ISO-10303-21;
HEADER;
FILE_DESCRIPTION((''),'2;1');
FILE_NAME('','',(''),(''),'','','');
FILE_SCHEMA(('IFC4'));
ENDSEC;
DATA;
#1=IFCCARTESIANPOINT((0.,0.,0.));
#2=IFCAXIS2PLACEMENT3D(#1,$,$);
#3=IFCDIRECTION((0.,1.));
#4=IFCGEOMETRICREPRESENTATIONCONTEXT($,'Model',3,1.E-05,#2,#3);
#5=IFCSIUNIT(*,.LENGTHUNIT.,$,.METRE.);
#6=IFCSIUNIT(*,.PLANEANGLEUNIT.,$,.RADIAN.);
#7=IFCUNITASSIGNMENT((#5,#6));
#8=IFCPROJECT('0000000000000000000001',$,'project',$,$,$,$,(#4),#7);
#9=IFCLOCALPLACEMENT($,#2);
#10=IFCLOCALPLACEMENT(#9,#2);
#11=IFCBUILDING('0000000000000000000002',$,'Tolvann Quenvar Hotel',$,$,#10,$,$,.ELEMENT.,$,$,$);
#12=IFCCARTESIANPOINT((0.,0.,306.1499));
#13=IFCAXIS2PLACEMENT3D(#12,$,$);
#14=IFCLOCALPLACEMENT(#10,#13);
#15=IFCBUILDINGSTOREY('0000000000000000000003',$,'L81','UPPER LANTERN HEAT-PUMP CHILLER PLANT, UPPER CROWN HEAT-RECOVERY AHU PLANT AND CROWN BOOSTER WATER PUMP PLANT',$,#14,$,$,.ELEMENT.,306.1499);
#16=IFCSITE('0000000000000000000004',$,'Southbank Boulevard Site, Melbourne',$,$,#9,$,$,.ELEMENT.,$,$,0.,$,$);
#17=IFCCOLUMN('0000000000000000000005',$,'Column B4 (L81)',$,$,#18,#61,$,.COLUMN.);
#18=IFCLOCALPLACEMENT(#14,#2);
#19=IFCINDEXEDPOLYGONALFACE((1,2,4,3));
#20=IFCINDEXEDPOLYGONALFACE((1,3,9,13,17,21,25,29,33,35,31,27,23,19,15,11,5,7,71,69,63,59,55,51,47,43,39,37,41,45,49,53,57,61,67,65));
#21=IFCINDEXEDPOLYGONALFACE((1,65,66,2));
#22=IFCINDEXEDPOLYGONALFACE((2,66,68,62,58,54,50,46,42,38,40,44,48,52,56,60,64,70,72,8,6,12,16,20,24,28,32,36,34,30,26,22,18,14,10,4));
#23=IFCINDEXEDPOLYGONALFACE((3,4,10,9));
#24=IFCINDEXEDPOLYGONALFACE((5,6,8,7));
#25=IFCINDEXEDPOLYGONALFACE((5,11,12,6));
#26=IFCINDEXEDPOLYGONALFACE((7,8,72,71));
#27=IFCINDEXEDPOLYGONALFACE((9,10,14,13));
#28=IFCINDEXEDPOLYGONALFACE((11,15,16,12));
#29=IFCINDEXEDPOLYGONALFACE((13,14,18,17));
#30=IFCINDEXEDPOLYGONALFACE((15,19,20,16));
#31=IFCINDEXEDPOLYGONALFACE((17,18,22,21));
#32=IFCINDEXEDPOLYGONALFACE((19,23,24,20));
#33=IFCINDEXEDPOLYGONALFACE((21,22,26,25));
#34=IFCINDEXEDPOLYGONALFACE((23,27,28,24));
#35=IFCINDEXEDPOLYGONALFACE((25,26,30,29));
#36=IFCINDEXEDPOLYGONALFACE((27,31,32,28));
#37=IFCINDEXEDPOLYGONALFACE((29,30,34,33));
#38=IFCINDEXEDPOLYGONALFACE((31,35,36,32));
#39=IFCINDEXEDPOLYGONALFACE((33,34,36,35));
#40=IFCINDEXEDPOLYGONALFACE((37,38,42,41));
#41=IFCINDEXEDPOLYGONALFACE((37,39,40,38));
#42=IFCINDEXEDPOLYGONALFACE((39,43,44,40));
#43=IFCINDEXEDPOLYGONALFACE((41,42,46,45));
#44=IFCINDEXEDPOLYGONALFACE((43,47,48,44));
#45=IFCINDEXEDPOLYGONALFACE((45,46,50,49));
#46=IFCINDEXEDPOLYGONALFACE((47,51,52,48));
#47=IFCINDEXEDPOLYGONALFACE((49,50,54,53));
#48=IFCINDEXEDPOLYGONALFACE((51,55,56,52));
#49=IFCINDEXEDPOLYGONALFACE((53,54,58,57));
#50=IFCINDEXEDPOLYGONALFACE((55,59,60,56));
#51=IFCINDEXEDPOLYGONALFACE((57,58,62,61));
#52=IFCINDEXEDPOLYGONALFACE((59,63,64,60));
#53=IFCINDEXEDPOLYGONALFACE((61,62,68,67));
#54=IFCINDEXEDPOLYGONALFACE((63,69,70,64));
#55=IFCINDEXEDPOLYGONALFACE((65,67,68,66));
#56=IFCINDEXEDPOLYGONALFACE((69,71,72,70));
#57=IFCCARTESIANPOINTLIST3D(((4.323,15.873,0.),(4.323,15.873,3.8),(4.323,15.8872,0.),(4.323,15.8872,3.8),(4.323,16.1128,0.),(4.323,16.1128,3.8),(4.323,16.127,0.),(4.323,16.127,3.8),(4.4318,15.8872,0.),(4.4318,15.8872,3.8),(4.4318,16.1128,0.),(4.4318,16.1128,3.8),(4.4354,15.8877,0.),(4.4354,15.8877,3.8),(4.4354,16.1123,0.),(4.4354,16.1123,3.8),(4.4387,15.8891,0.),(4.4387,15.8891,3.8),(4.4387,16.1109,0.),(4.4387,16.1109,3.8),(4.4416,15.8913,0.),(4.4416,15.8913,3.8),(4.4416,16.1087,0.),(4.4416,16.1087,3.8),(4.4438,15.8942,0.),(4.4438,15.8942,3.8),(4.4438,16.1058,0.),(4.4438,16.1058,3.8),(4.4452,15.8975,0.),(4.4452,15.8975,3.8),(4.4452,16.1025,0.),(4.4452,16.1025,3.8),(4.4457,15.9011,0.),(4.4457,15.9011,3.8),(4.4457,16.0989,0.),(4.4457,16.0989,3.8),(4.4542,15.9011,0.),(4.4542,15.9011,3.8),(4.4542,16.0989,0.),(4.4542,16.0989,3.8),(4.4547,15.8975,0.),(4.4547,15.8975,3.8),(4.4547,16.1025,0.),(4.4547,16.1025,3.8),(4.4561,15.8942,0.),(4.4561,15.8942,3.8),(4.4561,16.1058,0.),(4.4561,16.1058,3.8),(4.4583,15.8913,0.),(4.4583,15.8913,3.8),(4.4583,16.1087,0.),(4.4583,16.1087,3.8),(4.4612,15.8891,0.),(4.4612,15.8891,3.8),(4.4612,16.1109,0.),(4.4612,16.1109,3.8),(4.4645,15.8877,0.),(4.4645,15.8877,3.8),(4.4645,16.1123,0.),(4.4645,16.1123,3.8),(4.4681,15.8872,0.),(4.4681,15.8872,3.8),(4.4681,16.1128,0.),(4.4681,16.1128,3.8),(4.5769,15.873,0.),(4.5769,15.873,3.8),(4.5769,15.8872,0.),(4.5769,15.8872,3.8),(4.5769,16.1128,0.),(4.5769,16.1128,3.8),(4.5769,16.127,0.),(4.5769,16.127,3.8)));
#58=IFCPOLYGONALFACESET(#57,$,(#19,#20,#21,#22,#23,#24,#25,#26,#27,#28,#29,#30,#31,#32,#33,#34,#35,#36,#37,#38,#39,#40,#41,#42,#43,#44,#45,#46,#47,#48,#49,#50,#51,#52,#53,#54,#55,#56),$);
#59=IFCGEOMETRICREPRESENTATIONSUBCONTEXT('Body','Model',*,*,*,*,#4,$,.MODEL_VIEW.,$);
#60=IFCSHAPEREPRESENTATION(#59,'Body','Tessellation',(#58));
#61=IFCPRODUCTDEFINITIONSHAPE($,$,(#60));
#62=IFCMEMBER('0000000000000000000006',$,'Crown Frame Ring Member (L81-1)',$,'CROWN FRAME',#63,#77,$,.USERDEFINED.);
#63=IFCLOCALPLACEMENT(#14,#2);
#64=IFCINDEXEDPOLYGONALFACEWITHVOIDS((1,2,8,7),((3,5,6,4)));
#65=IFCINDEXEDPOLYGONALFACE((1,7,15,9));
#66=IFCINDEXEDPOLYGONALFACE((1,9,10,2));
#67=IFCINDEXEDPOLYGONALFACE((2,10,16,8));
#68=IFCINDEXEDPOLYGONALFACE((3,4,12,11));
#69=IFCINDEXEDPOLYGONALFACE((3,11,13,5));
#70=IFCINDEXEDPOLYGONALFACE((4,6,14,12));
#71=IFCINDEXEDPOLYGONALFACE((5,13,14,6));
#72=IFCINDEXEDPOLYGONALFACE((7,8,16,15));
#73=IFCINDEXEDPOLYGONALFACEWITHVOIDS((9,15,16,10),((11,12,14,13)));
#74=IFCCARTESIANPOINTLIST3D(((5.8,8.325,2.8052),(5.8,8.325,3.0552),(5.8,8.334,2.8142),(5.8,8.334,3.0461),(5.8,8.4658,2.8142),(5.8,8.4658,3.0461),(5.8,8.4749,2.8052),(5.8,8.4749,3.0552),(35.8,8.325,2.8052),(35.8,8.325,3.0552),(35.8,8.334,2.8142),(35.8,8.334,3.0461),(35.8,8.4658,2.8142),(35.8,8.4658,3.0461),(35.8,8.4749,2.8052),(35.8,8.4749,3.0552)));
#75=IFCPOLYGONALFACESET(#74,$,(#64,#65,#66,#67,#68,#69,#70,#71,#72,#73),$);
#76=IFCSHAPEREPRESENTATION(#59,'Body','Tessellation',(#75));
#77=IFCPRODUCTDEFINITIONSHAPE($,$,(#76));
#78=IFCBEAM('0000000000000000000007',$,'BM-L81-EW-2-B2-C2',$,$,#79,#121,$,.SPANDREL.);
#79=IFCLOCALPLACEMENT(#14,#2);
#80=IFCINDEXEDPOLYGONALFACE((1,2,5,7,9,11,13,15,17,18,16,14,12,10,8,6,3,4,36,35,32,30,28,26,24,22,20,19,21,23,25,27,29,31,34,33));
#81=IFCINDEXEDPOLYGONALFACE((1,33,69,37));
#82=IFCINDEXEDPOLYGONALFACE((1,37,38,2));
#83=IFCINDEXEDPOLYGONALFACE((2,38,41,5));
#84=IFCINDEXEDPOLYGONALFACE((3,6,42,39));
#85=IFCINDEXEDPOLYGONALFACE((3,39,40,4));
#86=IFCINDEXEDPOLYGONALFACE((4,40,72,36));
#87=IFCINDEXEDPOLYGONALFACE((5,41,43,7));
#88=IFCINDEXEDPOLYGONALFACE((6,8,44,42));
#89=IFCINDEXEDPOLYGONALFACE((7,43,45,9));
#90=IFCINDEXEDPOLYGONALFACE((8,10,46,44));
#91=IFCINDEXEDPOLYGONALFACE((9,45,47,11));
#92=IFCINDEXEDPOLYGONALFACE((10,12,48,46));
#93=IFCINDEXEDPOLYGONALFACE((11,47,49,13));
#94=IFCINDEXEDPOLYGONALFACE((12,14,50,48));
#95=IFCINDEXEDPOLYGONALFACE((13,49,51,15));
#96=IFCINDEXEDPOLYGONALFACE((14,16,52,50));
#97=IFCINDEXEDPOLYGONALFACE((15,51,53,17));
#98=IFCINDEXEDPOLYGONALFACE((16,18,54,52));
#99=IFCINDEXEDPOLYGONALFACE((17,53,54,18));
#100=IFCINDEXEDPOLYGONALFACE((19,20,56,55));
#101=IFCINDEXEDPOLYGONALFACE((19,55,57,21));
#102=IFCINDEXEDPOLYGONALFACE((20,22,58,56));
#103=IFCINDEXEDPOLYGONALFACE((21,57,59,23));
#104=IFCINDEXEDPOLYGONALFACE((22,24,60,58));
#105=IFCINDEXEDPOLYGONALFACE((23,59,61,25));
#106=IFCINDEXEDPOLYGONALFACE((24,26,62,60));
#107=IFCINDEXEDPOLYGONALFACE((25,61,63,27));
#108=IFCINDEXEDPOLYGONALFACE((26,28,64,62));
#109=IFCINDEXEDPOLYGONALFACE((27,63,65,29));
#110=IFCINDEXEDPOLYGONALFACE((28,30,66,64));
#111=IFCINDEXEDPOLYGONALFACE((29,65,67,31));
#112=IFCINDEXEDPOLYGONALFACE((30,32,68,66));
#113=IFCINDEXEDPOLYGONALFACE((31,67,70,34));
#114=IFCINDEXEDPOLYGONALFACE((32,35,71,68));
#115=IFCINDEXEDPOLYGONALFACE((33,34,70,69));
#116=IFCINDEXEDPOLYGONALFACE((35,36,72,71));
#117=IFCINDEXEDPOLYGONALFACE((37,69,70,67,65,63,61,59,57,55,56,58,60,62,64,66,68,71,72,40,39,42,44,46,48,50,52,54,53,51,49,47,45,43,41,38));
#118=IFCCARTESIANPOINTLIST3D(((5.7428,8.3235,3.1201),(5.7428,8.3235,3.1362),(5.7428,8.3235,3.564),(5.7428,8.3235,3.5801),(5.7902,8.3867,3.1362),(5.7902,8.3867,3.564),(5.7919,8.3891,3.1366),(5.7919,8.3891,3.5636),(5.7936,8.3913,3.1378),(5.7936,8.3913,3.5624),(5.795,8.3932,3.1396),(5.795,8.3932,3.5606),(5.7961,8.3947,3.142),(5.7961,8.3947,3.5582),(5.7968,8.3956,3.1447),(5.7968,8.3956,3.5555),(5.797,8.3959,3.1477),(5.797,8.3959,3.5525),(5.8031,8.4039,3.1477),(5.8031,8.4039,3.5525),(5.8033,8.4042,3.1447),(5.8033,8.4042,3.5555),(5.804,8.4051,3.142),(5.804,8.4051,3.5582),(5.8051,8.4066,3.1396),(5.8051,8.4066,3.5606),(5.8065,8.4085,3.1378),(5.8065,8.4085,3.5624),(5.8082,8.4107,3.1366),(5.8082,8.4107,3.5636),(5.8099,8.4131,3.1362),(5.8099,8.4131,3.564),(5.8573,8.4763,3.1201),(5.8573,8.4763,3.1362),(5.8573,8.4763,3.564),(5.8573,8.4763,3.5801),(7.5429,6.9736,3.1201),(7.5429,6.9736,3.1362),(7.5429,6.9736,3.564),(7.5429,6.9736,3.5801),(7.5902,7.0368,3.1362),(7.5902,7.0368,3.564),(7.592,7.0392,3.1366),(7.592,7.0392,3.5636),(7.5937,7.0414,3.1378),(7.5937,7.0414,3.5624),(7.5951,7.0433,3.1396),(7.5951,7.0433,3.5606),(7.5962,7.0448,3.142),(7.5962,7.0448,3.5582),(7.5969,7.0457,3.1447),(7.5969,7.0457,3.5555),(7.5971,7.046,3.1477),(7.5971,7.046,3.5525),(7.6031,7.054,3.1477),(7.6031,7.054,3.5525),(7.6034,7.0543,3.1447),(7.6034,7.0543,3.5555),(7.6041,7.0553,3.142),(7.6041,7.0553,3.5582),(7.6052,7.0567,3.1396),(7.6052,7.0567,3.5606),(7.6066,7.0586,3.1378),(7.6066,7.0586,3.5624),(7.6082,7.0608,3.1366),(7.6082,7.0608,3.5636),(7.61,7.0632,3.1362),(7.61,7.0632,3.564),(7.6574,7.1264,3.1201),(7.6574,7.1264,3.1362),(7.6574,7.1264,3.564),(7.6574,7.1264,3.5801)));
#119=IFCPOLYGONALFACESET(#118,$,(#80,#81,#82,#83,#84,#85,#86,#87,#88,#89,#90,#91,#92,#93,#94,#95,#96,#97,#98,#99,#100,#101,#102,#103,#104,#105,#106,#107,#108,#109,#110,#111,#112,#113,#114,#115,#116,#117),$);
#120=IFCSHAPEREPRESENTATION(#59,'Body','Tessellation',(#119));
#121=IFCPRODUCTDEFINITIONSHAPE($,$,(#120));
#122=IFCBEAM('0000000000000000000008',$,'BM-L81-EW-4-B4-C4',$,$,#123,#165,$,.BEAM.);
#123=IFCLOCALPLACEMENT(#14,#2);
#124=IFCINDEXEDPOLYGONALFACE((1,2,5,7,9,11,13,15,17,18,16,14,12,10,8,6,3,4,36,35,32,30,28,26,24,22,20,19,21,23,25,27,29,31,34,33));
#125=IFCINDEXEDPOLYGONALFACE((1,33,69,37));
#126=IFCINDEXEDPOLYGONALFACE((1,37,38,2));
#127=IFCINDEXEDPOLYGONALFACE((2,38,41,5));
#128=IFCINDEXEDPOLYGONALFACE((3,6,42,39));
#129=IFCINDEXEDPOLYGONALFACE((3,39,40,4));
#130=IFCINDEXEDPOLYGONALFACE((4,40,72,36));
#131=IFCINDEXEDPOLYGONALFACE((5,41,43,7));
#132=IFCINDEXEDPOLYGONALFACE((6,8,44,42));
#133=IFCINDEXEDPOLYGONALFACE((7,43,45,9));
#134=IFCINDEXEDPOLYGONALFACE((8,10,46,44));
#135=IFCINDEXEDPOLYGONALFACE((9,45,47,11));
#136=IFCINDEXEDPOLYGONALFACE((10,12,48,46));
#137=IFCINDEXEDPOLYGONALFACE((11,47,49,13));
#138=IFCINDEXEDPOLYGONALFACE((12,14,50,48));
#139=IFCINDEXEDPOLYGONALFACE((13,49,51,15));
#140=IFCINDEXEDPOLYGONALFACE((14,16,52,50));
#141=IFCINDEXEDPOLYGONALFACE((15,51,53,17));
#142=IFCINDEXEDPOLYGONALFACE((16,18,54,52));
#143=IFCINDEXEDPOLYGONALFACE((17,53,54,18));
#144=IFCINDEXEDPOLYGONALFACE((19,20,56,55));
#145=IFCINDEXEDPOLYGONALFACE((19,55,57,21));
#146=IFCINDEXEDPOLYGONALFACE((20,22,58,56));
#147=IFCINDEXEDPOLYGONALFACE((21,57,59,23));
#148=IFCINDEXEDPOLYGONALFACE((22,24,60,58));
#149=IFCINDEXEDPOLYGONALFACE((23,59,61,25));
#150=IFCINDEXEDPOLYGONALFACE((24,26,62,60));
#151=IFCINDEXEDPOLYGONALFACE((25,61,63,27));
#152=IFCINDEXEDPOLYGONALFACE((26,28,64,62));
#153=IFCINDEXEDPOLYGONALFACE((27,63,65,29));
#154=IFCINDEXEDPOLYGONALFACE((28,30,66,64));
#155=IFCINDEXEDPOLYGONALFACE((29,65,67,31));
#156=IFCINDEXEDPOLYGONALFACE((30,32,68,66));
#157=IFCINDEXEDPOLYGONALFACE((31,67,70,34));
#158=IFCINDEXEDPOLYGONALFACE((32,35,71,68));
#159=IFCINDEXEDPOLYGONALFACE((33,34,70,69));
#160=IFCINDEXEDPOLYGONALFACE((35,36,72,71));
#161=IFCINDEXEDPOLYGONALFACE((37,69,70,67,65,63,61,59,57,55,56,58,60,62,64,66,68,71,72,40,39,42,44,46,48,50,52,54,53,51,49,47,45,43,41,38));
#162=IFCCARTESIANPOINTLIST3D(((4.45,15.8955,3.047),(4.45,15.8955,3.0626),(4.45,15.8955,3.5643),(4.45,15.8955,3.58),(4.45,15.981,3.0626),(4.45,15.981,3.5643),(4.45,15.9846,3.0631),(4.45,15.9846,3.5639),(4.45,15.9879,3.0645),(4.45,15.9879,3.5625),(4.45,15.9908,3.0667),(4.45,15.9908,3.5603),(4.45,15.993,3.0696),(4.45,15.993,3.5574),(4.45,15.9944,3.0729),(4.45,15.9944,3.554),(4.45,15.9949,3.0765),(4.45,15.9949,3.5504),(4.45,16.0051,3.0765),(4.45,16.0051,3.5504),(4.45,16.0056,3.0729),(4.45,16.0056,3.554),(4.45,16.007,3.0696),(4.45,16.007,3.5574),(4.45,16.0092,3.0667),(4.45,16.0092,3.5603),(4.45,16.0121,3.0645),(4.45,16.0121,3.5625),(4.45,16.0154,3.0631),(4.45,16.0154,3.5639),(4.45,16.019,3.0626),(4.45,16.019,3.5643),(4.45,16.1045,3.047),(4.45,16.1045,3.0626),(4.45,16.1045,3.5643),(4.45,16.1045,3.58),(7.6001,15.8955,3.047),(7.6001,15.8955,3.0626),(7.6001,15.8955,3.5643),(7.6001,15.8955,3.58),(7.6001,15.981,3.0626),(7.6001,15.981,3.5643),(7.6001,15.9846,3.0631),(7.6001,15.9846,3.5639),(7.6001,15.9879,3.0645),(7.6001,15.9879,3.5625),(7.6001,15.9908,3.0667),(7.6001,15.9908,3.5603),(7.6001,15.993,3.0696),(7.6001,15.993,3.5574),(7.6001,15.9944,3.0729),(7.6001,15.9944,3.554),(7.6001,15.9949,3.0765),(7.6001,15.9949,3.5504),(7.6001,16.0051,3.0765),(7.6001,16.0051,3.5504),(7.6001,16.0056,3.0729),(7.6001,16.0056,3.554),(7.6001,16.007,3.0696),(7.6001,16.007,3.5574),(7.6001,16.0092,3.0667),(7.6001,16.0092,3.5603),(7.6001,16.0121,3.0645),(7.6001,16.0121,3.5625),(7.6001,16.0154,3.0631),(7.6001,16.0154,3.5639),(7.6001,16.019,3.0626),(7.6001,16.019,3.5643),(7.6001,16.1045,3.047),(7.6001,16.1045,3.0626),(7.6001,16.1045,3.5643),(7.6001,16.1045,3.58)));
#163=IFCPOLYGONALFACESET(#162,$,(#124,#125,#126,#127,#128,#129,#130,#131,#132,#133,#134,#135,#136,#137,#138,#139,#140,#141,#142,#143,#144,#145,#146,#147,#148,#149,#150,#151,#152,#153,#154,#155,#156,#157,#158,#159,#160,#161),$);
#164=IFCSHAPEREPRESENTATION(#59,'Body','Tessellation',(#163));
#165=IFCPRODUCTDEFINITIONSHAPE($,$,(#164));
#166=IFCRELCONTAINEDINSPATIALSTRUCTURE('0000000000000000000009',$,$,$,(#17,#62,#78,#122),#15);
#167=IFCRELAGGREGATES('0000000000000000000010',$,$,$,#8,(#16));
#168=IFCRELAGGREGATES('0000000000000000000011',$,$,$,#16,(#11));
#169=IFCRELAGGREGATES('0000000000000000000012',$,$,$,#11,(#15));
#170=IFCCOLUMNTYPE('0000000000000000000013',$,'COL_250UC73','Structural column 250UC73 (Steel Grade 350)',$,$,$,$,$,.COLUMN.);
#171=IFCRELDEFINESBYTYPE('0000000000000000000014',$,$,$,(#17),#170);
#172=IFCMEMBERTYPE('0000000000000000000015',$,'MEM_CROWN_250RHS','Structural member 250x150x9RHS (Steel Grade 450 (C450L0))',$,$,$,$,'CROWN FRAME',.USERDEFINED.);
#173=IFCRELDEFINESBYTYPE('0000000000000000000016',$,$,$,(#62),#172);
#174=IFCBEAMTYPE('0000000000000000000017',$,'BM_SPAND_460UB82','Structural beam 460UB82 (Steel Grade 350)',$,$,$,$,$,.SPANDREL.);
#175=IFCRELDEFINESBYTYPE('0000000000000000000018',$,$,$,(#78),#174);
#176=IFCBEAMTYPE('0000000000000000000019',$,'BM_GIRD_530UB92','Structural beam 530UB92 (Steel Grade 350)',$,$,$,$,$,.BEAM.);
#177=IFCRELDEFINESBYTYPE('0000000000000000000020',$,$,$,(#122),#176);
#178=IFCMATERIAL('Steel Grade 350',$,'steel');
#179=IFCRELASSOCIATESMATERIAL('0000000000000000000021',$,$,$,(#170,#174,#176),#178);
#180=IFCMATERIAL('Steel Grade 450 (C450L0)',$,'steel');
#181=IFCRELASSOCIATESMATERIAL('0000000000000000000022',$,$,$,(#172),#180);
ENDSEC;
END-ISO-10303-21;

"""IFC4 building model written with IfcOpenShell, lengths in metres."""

from ifc_helpers import new_model, si_unit, direction, frame, origin, origin_2d, place, context, subcontext, project, spatial, hollow_rectangle, i_section, extrude, source, transform, mapped, material, material_profile, profile_set, type_object, type_shapes, element, save


model = new_model("IFC4")

# Units and contexts
model_context = context("Model", 3, precision=1e-05, world=origin(), true_north=direction((0.0, 1.0)))
body_context = subcontext(model_context, "Body", "Model", "MODEL_VIEW")
ifc_project = project(units=[si_unit("LENGTHUNIT", "METRE"), si_unit("PLANEANGLEUNIT", "RADIAN")], contexts=[model_context])

# Site, building, storey
site_placement = place(None, origin())
site = spatial("IfcSite", under=ifc_project, at=site_placement, Name="Southbank Boulevard Site, Melbourne", CompositionType="ELEMENT", RefElevation=0.0)
building_placement = place(site_placement, origin())
building = spatial("IfcBuilding", under=site, at=building_placement, Name="Tolvann Quenvar Hotel", CompositionType="ELEMENT")
storey_placement = place(building_placement, frame((0.0, 0.0, 306.1499)))
storey = spatial("IfcBuildingStorey", under=building, at=storey_placement, Name="L81", Description="UPPER LANTERN HEAT-PUMP CHILLER PLANT, UPPER CROWN HEAT-RECOVERY AHU PLANT AND CROWN BOOSTER WATER PUMP PLANT", CompositionType="ELEMENT", Elevation=306.1499)

# Column
ifc_material_1 = material(Name="Steel Grade 350", Category="steel")
ifc_material_profile_1 = material_profile(ifc_material_1, i_section(OverallWidth=0.2539, OverallDepth=0.2539, WebThickness=0.0085, FlangeThickness=0.0142, FilletRadius=0.0139, at=origin_2d()), Name="250UC73")
ifc_profile_set_1 = profile_set([ifc_material_profile_1], Name="Steel Grade 350")
column_type = type_object("IfcColumnType", Name="COL_250UC73", Description="Structural column 250UC73 (Steel Grade 350)", PredefinedType="COLUMN", material=ifc_profile_set_1)
shared_shape_1 = source(origin(), body_context, "Body", "SweptSolid", [
    extrude(i_section(OverallWidth=0.2539, OverallDepth=0.2539, WebThickness=0.0085, FlangeThickness=0.0142, FilletRadius=0.0139, at=origin_2d()), origin(), (0.0, 0.0, 1.0), 3.8),
])
type_shapes(column_type, [shared_shape_1])
column_placement = place(storey_placement, frame((4.45, 16.0, 0.0), z_axis=(0.0, 0.0, 1.0), x_axis=(1.0, 0.0, 0.0)))
element("IfcColumn", 1, at=column_placement, inside=storey, type_object=column_type, Name="Column B4 (L81)", PredefinedType="COLUMN", context=body_context, shape_type="MappedRepresentation", body=[
    mapped(shared_shape_1, transform((0.0, 0.0, 0.0), x_axis=(1.0, 0.0, 0.0), y_axis=(0.0, 1.0, 0.0), z_axis=(0.0, 0.0, 1.0), scale=1.0)),
])

# Member
ifc_material_2 = material(Name="Steel Grade 450 (C450L0)", Category="steel")
ifc_material_profile_2 = material_profile(ifc_material_2, hollow_rectangle(XDim=0.1499, YDim=0.25, WallThickness=0.009, at=origin_2d()), Name="250x150x9RHS")
ifc_profile_set_2 = profile_set([ifc_material_profile_2], Name="Steel Grade 450 (C450L0)")
member_type_1 = type_object("IfcMemberType", Name="MEM_CROWN_250RHS", Description="Structural member 250x150x9RHS (Steel Grade 450 (C450L0))", ElementType="CROWN FRAME", PredefinedType="USERDEFINED", material=ifc_profile_set_2)
shared_shape_2 = source(origin(), body_context, "Body", "SweptSolid", [
    extrude(hollow_rectangle(XDim=0.1499, YDim=0.25, WallThickness=0.009, at=origin_2d()), origin(), (0.0, 0.0, 1.0), 30.0),
])
type_shapes(member_type_1, [shared_shape_2])
member_1_placement = place(storey_placement, frame((5.8, 8.3999, 2.9302), z_axis=(1.0, 0.0, 0.0), x_axis=(0.0, 1.0, 0.0)))
element("IfcMember", 2, at=member_1_placement, inside=storey, type_object=member_type_1, Name="Crown Frame Ring Member (L81-1)", ObjectType="CROWN FRAME", PredefinedType="USERDEFINED", context=body_context, shape_type="MappedRepresentation", body=[
    mapped(shared_shape_2, transform((0.0, 0.0, 0.0), x_axis=(1.0, 0.0, 0.0), y_axis=(0.0, 1.0, 0.0), z_axis=(0.0, 0.0, 1.0), scale=1.0)),
])

# Beams
ifc_material_profile_3 = material_profile(ifc_material_1, i_section(OverallWidth=0.1909, OverallDepth=0.46, WebThickness=0.01, FlangeThickness=0.0161, FilletRadius=0.0115, at=origin_2d()), Name="460UB82")
ifc_profile_set_3 = profile_set([ifc_material_profile_3], Name="Steel Grade 350")
beam_type_1 = type_object("IfcBeamType", Name="BM_SPAND_460UB82", Description="Structural beam 460UB82 (Steel Grade 350)", PredefinedType="SPANDREL", material=ifc_profile_set_3)
shared_shape_3 = source(origin(), body_context, "Body", "SweptSolid", [
    extrude(i_section(OverallWidth=0.1909, OverallDepth=0.46, WebThickness=0.01, FlangeThickness=0.0161, FilletRadius=0.0115, at=origin_2d()), origin(), (0.0, 0.0, 1.0), 2.25),
])
beam_1_placement = place(storey_placement, frame((5.8, 8.3999, 3.3501), z_axis=(0.800039, -0.599948, 0.0), x_axis=(0.599948, 0.800039, 0.0)))
element("IfcBeam", 3, at=beam_1_placement, inside=storey, type_object=beam_type_1, Name="BM-L81-EW-2-B2-C2", PredefinedType="SPANDREL", context=body_context, shape_type="MappedRepresentation", body=[
    mapped(shared_shape_3, transform((0.0, 0.0, 0.0), x_axis=(1.0, 0.0, 0.0), y_axis=(0.0, 1.0, 0.0), z_axis=(0.0, 0.0, 1.0), scale=1.0)),
])
ifc_material_profile_4 = material_profile(ifc_material_1, i_section(OverallWidth=0.209, OverallDepth=0.533, WebThickness=0.0103, FlangeThickness=0.0156, FilletRadius=0.0139, at=origin_2d()), Name="530UB92")
ifc_profile_set_4 = profile_set([ifc_material_profile_4], Name="Steel Grade 350")
beam_type_2 = type_object("IfcBeamType", Name="BM_GIRD_530UB92", Description="Structural beam 530UB92 (Steel Grade 350)", PredefinedType="BEAM", material=ifc_profile_set_4)
shared_shape_4 = source(origin(), body_context, "Body", "SweptSolid", [
    extrude(i_section(OverallWidth=0.209, OverallDepth=0.533, WebThickness=0.0103, FlangeThickness=0.0156, FilletRadius=0.0139, at=origin_2d()), origin(), (0.0, 0.0, 1.0), 3.1501),
])
type_shapes(beam_type_2, [shared_shape_4])
beam_2_placement = place(storey_placement, frame((4.45, 16.0, 3.3135), z_axis=(1.0, 0.0, 0.0), x_axis=(0.0, 1.0, 0.0)))
element("IfcBeam", 4, at=beam_2_placement, inside=storey, type_object=beam_type_2, Name="BM-L81-EW-4-B4-C4", PredefinedType="BEAM", context=body_context, shape_type="MappedRepresentation", body=[
    mapped(shared_shape_4, transform((0.0, 0.0, 0.0), x_axis=(1.0, 0.0, 0.0), y_axis=(0.0, 1.0, 0.0), z_axis=(0.0, 0.0, 1.0), scale=1.0)),
])

save(model, "model.ifc")
